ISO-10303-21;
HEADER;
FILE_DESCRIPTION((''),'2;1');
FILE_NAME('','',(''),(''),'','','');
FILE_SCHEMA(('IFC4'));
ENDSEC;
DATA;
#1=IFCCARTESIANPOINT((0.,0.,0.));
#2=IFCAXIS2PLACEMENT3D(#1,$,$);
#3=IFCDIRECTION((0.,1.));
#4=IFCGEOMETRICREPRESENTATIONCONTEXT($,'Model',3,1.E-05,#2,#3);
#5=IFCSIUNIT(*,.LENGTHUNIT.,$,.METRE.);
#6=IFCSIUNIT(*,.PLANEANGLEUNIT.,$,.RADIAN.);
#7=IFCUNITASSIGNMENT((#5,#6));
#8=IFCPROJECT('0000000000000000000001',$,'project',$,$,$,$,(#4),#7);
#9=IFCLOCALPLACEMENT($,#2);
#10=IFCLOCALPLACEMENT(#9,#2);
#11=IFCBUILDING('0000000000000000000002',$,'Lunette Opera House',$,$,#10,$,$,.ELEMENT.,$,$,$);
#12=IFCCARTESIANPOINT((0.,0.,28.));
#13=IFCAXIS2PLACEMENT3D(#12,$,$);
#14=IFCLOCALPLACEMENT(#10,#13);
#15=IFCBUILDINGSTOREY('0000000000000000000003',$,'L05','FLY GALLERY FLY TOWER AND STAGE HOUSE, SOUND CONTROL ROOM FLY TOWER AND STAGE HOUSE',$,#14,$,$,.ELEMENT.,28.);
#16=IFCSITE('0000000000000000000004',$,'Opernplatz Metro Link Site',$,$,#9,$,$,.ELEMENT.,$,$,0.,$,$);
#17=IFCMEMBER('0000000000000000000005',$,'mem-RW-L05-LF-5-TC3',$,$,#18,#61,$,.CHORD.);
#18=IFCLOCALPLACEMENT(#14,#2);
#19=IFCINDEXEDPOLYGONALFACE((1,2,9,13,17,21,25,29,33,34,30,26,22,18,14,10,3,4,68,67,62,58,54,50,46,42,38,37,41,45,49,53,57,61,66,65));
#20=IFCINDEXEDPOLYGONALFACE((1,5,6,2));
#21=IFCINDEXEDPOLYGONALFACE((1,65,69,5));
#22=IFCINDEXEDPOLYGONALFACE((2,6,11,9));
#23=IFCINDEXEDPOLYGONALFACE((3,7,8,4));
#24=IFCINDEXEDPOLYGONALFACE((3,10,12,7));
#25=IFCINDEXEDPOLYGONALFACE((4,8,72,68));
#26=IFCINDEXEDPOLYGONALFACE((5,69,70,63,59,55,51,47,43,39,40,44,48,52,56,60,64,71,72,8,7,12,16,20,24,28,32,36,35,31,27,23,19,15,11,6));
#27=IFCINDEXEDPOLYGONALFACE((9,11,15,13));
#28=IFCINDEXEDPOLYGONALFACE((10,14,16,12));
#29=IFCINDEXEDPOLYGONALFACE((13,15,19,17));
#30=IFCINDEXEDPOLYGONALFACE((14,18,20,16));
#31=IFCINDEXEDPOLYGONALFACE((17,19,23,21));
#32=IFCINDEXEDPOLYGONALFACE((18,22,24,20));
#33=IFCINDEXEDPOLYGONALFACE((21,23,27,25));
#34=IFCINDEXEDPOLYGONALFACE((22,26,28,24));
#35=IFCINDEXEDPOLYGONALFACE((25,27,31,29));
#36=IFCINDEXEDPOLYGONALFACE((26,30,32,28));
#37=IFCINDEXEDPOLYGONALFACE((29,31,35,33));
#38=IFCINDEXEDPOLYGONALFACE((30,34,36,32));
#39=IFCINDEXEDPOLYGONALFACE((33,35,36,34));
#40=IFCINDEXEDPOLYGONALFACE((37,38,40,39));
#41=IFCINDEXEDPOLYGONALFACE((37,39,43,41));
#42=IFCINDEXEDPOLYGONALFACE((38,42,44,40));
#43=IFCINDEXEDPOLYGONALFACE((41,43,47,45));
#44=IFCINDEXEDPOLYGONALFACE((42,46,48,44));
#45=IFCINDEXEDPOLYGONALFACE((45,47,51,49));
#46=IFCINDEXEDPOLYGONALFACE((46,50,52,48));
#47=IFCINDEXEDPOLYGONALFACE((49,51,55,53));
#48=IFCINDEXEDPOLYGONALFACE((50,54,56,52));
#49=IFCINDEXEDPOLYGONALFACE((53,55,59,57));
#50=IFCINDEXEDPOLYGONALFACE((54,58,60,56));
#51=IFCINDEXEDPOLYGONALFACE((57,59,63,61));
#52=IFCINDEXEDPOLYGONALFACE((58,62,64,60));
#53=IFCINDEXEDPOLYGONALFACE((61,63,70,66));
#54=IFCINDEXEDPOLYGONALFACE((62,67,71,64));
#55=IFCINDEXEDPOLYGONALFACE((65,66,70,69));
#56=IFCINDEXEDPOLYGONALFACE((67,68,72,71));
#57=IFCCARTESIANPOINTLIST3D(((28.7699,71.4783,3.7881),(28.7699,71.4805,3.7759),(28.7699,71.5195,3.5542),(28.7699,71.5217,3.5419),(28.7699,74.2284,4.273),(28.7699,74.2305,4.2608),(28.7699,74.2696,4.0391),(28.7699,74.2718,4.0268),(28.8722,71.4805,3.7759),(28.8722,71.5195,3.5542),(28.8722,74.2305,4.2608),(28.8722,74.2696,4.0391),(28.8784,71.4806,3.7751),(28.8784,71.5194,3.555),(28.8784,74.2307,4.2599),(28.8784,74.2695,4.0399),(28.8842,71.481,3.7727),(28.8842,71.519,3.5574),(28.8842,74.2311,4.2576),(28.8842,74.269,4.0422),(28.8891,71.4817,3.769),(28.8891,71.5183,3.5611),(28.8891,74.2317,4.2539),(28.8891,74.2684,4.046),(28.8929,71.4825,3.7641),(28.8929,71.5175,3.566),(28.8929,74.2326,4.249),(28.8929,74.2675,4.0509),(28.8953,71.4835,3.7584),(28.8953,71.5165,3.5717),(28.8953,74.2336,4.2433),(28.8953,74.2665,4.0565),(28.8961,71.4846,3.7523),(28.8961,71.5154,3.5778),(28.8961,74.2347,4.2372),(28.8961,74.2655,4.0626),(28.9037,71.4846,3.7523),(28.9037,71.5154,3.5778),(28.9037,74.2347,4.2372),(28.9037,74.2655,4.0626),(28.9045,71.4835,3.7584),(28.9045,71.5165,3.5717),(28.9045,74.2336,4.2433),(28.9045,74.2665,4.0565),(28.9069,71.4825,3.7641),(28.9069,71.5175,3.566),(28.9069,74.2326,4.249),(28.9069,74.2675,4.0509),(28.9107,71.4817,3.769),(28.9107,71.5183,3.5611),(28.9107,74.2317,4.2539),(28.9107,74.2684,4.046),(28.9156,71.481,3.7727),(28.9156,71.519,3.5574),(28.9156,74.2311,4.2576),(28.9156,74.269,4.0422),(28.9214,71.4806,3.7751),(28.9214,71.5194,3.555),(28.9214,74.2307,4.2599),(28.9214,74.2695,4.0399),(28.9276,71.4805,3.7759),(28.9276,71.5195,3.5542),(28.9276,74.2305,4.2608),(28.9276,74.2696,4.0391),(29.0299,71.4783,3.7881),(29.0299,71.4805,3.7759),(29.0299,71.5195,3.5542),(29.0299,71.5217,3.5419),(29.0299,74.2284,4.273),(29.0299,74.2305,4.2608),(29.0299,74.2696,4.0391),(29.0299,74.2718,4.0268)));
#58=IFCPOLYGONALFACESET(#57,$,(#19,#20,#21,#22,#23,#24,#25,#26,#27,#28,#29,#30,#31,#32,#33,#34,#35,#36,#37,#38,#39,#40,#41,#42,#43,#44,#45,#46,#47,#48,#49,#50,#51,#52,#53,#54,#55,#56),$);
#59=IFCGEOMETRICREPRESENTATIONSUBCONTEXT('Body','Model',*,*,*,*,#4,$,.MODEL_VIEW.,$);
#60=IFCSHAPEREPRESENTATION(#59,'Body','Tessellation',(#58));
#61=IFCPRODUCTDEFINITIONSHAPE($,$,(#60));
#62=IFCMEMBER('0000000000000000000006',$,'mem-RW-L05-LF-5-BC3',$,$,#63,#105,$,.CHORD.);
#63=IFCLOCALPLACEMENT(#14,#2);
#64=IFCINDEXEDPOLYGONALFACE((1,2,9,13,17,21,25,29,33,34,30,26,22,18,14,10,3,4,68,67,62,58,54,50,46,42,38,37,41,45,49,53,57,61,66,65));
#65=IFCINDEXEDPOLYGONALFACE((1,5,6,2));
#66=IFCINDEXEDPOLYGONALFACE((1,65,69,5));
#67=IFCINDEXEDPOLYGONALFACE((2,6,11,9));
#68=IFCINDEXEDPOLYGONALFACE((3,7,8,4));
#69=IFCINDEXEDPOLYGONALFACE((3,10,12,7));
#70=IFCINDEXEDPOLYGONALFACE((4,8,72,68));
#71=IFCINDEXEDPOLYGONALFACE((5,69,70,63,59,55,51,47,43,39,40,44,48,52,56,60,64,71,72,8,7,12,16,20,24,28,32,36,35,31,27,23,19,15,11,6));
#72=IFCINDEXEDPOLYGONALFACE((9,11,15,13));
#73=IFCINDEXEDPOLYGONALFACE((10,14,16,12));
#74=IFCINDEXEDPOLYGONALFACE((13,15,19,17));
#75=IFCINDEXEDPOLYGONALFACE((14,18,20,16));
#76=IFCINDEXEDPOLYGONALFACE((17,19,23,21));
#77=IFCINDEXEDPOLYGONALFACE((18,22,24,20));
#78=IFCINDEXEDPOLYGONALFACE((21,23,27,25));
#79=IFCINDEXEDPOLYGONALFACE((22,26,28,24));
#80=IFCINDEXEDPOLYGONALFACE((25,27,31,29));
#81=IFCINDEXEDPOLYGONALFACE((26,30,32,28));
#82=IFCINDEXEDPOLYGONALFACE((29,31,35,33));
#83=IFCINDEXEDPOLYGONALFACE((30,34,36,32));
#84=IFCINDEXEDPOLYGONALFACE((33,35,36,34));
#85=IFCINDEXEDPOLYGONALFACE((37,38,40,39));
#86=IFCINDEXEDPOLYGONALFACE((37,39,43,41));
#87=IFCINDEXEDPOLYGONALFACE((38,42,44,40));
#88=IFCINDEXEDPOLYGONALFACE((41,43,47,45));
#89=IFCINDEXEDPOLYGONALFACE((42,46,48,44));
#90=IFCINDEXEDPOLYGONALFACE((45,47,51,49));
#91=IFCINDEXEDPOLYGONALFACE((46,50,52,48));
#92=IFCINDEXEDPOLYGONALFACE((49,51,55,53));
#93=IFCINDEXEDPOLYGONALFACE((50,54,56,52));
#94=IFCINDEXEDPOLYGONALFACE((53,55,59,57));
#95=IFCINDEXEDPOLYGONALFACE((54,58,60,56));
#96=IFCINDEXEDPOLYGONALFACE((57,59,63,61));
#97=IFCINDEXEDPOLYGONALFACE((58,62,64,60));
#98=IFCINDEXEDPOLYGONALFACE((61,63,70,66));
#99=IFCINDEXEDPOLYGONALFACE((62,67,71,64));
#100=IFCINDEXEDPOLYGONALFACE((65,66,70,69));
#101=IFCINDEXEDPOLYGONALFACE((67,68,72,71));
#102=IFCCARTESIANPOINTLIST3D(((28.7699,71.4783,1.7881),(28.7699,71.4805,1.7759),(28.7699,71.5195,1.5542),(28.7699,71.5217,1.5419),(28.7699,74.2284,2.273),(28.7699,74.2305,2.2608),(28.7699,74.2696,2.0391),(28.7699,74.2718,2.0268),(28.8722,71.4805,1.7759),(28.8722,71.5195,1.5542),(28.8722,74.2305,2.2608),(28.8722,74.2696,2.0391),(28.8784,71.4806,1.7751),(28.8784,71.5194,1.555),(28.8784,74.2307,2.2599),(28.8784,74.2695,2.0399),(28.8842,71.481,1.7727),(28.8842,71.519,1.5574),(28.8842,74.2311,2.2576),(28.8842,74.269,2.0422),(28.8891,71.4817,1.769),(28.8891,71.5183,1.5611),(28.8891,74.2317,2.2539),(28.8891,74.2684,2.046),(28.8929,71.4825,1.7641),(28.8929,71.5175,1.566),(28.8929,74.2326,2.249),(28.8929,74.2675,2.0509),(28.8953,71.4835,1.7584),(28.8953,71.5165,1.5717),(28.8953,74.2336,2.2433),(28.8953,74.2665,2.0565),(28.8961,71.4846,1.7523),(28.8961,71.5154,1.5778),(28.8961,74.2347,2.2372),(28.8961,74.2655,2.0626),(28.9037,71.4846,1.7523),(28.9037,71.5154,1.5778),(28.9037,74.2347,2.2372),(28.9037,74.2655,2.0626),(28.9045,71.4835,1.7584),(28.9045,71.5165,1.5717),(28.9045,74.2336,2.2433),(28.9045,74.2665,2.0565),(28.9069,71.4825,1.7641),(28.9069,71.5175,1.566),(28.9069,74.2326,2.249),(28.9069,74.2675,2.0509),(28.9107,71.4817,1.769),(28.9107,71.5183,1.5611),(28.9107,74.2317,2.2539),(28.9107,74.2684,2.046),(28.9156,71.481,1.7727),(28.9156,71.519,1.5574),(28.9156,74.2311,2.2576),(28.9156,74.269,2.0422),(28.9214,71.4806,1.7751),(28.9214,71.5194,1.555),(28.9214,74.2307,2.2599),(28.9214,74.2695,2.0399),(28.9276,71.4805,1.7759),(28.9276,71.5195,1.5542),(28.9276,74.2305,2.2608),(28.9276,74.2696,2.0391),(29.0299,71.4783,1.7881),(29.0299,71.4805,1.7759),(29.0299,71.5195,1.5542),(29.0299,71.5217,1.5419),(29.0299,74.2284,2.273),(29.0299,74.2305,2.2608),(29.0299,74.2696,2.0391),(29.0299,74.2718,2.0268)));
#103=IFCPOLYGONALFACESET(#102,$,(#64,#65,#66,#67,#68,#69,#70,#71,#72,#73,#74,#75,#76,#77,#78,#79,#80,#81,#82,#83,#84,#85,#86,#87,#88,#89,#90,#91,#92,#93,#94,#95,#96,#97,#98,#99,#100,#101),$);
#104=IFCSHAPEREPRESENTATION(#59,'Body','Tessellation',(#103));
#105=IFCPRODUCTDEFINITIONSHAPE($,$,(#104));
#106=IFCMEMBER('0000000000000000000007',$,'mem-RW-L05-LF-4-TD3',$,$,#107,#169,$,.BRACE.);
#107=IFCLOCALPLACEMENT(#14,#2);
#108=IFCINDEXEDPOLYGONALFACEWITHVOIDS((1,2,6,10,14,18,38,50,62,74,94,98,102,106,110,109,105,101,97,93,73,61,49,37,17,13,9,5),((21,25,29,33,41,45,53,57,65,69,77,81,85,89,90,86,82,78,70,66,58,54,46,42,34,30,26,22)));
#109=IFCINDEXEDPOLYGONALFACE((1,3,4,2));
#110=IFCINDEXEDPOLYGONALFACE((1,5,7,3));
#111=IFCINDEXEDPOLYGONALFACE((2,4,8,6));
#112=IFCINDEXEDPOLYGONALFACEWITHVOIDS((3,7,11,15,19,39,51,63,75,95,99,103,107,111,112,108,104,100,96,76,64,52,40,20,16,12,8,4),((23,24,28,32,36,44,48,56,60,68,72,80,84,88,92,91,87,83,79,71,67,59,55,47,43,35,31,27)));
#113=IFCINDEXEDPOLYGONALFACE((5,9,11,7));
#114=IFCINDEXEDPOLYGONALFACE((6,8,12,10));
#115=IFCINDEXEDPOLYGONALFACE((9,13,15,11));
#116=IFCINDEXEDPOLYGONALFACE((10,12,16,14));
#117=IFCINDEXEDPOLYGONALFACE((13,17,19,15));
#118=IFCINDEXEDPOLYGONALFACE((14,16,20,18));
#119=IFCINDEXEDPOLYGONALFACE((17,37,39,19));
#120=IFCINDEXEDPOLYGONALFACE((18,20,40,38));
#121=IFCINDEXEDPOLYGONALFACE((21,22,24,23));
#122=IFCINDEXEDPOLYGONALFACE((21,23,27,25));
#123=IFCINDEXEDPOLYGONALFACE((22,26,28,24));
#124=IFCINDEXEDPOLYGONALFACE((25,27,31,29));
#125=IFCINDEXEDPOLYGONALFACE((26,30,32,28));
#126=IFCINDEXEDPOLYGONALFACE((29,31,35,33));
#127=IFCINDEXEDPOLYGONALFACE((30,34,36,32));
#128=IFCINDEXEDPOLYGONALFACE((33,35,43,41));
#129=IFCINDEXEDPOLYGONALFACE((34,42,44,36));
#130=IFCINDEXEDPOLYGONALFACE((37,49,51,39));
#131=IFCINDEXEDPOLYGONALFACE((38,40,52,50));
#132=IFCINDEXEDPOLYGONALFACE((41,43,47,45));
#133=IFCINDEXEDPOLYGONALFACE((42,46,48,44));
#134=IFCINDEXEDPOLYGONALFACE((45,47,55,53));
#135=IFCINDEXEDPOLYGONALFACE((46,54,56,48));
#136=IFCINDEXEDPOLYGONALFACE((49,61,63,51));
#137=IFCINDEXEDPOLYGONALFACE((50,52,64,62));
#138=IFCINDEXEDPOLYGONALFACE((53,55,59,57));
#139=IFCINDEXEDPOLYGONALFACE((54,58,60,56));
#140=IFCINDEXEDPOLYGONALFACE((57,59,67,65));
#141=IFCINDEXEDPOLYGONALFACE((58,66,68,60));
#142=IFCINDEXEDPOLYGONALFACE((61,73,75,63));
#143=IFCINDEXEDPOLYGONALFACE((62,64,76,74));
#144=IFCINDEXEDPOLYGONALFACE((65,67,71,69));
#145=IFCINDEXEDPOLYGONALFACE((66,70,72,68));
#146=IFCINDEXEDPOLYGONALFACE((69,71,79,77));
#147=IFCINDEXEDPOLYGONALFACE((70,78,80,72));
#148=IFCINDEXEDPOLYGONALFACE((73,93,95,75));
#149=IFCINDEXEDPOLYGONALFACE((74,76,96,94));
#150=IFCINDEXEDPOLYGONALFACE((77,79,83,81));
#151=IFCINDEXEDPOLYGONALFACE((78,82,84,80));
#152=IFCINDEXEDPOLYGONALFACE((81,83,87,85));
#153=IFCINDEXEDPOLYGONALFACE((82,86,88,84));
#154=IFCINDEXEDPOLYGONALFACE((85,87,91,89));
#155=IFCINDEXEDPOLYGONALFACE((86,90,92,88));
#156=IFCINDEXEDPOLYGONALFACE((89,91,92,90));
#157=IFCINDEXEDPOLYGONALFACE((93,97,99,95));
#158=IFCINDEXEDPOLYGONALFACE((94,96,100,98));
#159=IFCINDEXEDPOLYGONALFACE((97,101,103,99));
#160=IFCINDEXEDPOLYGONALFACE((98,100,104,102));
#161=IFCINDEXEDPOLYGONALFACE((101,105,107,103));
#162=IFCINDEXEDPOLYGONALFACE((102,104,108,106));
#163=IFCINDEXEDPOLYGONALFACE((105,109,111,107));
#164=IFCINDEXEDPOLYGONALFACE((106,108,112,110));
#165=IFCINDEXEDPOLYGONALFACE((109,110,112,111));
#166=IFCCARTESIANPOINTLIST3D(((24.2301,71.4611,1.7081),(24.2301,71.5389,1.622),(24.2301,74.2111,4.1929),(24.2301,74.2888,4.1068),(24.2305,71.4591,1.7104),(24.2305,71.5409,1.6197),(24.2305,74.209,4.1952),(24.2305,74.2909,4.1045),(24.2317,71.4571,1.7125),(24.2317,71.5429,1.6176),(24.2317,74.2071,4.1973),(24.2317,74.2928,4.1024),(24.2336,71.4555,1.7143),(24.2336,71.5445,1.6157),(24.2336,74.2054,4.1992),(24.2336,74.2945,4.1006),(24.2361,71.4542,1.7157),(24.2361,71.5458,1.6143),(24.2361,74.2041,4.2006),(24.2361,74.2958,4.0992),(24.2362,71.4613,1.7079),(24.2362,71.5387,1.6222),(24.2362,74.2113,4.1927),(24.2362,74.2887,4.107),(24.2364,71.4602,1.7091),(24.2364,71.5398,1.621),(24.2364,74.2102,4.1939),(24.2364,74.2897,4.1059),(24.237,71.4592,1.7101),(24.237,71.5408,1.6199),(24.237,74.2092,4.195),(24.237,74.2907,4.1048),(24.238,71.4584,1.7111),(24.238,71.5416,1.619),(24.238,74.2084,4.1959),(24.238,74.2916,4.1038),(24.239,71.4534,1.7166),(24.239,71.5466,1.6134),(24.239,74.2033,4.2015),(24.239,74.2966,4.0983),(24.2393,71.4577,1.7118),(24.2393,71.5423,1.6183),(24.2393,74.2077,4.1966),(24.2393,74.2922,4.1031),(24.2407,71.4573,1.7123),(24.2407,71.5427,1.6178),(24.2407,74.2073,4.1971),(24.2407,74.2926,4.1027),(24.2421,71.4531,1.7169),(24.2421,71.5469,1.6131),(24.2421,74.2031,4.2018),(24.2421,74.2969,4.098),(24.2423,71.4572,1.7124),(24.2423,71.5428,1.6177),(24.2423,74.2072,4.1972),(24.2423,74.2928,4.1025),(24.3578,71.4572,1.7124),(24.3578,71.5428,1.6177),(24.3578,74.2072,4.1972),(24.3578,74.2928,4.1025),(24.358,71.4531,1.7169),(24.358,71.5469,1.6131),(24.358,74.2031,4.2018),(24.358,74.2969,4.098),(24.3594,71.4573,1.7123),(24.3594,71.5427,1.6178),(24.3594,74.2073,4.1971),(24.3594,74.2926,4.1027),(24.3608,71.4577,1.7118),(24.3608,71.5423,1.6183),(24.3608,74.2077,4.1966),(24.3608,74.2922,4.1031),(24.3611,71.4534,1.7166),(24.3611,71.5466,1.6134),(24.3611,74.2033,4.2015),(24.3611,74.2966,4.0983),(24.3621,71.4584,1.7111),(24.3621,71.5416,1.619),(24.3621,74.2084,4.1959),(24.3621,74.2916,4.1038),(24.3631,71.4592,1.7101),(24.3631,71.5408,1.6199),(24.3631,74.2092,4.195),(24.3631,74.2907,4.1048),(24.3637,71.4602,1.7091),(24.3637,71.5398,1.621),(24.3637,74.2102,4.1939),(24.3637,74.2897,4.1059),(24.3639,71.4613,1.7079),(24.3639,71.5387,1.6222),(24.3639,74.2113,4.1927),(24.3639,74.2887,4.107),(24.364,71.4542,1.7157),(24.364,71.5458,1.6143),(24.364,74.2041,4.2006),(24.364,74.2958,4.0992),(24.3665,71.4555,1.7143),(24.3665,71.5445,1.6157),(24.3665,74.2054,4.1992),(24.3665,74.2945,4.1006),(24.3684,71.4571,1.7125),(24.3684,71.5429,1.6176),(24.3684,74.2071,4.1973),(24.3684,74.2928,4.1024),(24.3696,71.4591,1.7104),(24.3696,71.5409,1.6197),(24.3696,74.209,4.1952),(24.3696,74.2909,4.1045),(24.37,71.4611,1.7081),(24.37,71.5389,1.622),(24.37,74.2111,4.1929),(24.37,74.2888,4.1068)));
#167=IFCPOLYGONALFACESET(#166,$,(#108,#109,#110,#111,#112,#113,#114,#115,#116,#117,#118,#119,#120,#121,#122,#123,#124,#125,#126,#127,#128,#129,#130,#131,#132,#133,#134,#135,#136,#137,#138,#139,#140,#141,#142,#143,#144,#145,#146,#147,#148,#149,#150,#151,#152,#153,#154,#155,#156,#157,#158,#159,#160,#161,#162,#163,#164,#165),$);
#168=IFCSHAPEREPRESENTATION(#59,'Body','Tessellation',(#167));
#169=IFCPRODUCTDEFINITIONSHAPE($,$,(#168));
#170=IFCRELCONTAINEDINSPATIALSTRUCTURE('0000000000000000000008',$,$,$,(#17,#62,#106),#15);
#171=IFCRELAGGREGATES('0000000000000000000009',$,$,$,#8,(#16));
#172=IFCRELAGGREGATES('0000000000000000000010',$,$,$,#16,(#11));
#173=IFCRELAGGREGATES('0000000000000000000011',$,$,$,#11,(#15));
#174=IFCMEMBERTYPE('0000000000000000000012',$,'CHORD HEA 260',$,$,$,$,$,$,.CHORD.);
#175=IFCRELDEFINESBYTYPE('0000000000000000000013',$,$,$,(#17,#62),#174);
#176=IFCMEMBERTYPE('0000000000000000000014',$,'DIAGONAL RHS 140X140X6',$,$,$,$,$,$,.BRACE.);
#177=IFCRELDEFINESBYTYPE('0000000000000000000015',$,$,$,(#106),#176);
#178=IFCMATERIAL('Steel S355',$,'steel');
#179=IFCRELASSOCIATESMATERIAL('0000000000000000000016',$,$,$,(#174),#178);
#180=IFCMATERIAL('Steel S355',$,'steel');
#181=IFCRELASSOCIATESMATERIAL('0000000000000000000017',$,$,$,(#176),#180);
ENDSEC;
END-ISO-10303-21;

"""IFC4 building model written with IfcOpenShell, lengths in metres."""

from ifc_helpers import new_model, si_unit, direction, frame, origin, origin_2d, place, context, subcontext, project, spatial, hollow_rectangle, i_section, extrude, material, material_profile, profile_set, type_object, element, save


model = new_model("IFC4")

# Units and contexts
model_context = context("Model", 3, precision=1e-05, world=origin(), true_north=direction((0.0, 1.0)))
body_context = subcontext(model_context, "Body", "Model", "MODEL_VIEW")
ifc_project = project(units=[si_unit("LENGTHUNIT", "METRE"), si_unit("PLANEANGLEUNIT", "RADIAN")], contexts=[model_context])

# Site, building, storey
site_placement = place(None, origin())
site = spatial("IfcSite", under=ifc_project, at=site_placement, Name="Opernplatz Metro Link Site", CompositionType="ELEMENT", RefElevation=0.0)
building_placement = place(site_placement, origin())
building = spatial("IfcBuilding", under=site, at=building_placement, Name="Lunette Opera House", CompositionType="ELEMENT")
storey_placement = place(building_placement, frame((0.0, 0.0, 28.0)))
storey = spatial("IfcBuildingStorey", under=building, at=storey_placement, Name="L05", Description="FLY GALLERY FLY TOWER AND STAGE HOUSE, SOUND CONTROL ROOM FLY TOWER AND STAGE HOUSE", CompositionType="ELEMENT", Elevation=28.0)

# Members
ifc_material_1 = material(Name="Steel S355", Category="steel")
ifc_material_profile_1 = material_profile(ifc_material_1, i_section(OverallWidth=0.26, OverallDepth=0.25, WebThickness=0.0076, FlangeThickness=0.0125, FilletRadius=0.0239, at=origin_2d()), Name="HEA 260")
ifc_profile_set_1 = profile_set([ifc_material_profile_1], Name="Steel S355")
member_type_1 = type_object("IfcMemberType", Name="CHORD HEA 260", PredefinedType="CHORD", material=ifc_profile_set_1)
for number, where, z_axis, x_axis, name in (
    (1, (28.8999, 71.5, 3.665), (0.0, 0.98481, 0.173636), (-1.0, 0.0, 0.0), "mem-RW-L05-LF-5-TC3"),
    (2, (28.8999, 71.5, 1.665), (0.0, 0.98481, 0.173636), (-1.0, 0.0, 0.0), "mem-RW-L05-LF-5-BC3"),
):
    element("IfcMember", number, at=place(storey_placement, frame(where, z_axis=z_axis, x_axis=x_axis)), inside=storey, type_object=member_type_1, Name=name, PredefinedType="CHORD", context=body_context, shape_type="SweptSolid", body=[
        extrude(i_section(OverallWidth=0.26, OverallDepth=0.25, WebThickness=0.0076, FlangeThickness=0.0125, FilletRadius=0.0239, at=origin_2d()), origin(), (0.0, 0.0, 1.0), 2.7925),
    ])
ifc_material_2 = material(Name="Steel S355", Category="steel")
ifc_material_profile_2 = material_profile(ifc_material_2, hollow_rectangle(XDim=0.1399, YDim=0.1399, WallThickness=0.0061, InnerFilletRadius=0.0061, OuterFilletRadius=0.012, at=origin_2d()), Name="RHS 140X140X6")
ifc_profile_set_2 = profile_set([ifc_material_profile_2], Name="Steel S355")
member_type_2 = type_object("IfcMemberType", Name="DIAGONAL RHS 140X140X6", PredefinedType="BRACE", material=ifc_profile_set_2)
member_1_placement = place(storey_placement, frame((24.3, 71.5, 1.665), z_axis=(0.0, 0.741969, 0.670434), x_axis=(-1.0, 0.0, 0.0)))
element("IfcMember", 3, at=member_1_placement, inside=storey, type_object=member_type_2, Name="mem-RW-L05-LF-4-TD3", PredefinedType="BRACE", context=body_context, shape_type="SweptSolid", body=[
    extrude(hollow_rectangle(XDim=0.1399, YDim=0.1399, WallThickness=0.0061, InnerFilletRadius=0.0061, OuterFilletRadius=0.012, at=origin_2d()), origin(), (0.0, 0.0, 1.0), 3.7063),
])

save(model, "model.ifc")
